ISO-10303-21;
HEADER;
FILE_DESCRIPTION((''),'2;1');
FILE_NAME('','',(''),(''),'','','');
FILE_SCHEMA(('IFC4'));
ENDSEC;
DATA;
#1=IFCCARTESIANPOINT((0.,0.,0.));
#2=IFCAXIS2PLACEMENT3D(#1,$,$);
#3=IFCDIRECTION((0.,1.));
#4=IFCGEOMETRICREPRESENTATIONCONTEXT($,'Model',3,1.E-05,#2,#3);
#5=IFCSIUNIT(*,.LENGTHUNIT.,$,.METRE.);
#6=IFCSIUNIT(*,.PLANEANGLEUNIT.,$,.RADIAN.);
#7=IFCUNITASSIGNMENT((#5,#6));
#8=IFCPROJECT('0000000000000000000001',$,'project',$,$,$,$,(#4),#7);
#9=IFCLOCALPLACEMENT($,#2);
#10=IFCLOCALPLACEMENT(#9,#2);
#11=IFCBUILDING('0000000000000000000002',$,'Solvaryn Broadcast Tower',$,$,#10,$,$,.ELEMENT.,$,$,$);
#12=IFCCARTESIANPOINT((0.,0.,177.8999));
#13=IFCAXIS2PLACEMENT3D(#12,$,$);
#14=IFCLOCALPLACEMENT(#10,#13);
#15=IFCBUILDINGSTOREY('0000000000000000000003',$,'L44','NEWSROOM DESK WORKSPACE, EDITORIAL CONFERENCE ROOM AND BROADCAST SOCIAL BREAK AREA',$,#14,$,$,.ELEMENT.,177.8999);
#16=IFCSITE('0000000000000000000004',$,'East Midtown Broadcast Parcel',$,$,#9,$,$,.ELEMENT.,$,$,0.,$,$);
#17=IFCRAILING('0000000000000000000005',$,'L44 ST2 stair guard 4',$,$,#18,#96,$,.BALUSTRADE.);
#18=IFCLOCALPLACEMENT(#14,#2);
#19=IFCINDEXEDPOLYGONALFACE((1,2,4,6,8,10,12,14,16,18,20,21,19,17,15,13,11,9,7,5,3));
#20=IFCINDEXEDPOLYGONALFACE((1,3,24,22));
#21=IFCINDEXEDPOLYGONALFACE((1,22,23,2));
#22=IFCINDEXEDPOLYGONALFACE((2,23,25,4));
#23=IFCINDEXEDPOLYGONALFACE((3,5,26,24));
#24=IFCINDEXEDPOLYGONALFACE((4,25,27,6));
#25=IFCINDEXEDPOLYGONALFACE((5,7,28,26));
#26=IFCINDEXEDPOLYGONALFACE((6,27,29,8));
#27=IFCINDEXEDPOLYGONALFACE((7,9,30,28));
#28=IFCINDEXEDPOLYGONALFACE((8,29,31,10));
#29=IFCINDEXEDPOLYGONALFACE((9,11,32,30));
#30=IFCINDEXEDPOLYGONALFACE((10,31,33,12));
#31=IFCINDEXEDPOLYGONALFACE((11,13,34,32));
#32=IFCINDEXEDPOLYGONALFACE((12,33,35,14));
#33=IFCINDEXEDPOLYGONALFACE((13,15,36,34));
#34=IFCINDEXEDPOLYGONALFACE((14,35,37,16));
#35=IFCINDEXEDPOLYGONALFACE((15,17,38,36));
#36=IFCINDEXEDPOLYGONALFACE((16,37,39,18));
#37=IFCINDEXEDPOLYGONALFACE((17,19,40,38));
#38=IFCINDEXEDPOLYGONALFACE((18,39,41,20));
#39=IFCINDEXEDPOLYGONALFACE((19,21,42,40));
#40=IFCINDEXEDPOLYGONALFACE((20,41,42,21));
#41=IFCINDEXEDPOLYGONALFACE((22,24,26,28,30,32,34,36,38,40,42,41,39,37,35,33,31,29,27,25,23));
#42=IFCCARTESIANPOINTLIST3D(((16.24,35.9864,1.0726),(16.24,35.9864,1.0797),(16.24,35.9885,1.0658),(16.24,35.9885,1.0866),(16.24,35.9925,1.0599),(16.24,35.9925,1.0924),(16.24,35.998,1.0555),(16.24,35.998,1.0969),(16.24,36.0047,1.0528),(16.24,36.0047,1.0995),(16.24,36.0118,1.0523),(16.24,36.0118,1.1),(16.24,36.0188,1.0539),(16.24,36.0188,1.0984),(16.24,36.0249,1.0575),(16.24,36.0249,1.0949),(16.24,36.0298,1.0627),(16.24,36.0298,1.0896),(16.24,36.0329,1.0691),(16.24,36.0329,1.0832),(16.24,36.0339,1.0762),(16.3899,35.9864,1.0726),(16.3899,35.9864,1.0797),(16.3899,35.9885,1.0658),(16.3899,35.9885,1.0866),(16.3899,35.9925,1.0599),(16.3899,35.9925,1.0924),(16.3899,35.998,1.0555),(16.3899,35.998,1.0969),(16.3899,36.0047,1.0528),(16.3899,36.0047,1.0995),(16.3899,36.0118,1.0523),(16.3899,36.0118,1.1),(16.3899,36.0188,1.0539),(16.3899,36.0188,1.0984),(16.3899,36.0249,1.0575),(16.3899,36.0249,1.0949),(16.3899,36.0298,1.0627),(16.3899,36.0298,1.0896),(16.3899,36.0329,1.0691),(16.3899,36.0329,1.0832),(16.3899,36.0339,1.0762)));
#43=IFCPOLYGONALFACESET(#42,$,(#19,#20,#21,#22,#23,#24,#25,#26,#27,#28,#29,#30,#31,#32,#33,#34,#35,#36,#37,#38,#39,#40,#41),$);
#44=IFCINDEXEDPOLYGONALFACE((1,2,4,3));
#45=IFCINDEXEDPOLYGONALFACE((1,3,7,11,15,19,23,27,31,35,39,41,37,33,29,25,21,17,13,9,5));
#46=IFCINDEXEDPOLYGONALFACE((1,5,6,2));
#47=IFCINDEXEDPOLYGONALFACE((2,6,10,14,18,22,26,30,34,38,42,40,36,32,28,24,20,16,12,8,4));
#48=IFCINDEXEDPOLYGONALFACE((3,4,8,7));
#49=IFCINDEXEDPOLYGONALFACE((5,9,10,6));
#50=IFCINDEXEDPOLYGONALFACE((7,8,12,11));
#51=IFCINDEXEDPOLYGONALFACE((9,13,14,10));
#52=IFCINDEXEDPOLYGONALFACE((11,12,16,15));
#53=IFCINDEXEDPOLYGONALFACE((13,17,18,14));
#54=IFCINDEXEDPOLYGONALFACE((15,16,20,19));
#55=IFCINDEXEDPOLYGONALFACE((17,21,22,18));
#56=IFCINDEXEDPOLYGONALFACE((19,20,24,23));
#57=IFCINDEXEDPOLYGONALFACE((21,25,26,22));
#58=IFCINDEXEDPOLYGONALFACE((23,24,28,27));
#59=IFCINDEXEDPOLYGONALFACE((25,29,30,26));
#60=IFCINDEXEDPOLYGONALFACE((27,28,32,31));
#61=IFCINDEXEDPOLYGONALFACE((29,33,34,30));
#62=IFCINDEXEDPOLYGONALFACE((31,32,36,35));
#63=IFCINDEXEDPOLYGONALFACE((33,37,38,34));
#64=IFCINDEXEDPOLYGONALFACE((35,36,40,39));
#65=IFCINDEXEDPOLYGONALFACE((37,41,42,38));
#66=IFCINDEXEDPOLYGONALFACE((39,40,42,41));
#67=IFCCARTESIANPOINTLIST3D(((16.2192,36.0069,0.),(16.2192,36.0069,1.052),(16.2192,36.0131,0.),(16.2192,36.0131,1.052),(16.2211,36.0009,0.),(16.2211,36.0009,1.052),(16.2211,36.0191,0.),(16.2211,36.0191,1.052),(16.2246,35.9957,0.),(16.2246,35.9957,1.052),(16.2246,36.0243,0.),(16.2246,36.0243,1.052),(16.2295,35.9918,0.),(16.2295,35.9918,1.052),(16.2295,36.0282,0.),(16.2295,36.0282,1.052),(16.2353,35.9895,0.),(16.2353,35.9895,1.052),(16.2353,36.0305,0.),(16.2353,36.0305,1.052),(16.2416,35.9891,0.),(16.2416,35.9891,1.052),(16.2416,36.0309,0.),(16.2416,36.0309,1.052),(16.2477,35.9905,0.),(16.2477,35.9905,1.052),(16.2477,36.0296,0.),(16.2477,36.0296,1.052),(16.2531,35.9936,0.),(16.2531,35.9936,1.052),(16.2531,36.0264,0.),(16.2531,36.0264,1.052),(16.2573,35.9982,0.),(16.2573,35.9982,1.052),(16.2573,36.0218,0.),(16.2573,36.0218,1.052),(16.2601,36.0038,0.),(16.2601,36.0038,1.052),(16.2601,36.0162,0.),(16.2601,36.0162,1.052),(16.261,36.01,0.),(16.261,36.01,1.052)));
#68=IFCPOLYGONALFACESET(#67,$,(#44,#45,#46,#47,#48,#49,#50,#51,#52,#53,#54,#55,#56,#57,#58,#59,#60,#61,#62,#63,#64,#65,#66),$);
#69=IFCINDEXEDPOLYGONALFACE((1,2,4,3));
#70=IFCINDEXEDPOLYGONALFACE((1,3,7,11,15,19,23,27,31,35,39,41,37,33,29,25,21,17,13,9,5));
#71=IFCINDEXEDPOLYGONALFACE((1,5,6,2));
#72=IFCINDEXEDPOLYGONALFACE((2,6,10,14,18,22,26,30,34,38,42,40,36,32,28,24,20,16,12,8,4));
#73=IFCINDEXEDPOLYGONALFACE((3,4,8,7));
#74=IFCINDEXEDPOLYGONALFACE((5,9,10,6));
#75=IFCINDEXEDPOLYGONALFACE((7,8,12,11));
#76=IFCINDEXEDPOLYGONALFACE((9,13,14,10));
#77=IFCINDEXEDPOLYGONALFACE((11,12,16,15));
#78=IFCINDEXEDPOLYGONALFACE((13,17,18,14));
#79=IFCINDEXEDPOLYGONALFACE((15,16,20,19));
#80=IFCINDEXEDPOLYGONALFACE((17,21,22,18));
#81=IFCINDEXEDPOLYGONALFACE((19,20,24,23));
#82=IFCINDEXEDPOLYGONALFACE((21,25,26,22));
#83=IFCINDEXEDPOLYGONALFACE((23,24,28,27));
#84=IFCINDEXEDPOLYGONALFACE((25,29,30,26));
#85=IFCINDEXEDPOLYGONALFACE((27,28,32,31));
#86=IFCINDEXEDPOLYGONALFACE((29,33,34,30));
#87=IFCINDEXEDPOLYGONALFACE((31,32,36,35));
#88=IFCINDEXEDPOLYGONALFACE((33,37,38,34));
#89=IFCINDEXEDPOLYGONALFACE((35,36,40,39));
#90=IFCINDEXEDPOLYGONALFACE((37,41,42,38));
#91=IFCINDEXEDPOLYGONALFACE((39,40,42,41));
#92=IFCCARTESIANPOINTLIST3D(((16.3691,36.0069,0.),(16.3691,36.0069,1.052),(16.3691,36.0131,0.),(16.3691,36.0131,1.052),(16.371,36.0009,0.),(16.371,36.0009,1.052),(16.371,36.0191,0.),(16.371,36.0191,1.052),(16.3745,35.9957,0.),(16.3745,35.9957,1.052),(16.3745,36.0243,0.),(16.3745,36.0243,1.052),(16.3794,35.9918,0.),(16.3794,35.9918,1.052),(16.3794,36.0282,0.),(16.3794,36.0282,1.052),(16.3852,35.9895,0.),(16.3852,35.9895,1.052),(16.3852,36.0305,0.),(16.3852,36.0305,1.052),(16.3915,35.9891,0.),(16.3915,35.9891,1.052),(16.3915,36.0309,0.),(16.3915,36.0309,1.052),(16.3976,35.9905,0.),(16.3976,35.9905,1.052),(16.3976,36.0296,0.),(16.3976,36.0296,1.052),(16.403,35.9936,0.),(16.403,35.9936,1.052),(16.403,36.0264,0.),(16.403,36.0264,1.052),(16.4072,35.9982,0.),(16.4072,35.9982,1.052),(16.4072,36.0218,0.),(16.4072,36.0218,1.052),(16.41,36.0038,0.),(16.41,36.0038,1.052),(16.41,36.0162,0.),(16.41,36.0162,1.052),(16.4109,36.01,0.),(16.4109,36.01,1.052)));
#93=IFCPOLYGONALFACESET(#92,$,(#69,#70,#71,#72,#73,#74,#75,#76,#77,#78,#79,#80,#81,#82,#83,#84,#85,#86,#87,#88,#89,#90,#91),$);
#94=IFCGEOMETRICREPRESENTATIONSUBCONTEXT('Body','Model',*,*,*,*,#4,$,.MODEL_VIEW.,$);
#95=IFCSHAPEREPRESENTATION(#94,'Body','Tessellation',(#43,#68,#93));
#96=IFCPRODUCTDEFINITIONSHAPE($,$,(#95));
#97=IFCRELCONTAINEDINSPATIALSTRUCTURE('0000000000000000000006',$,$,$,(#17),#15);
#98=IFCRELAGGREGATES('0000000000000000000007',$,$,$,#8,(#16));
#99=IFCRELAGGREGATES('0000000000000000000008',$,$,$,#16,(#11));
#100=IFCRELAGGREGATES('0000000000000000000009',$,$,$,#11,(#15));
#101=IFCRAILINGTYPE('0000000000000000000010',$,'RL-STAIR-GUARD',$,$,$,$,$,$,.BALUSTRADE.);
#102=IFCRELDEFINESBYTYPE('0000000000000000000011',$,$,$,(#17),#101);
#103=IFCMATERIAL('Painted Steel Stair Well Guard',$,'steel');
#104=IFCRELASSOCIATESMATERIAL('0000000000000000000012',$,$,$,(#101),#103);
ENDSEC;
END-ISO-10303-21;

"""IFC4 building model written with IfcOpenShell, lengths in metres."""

from ifc_helpers import new_model, si_unit, direction, frame, origin, origin_2d, place, context, subcontext, project, spatial, circle, extrude, material, type_object, element, save


model = new_model("IFC4")

# Units and contexts
model_context = context("Model", 3, precision=1e-05, world=origin(), true_north=direction((0.0, 1.0)))
body_context = subcontext(model_context, "Body", "Model", "MODEL_VIEW")
ifc_project = project(units=[si_unit("LENGTHUNIT", "METRE"), si_unit("PLANEANGLEUNIT", "RADIAN")], contexts=[model_context])

# Site, building, storey
site_placement = place(None, origin())
site = spatial("IfcSite", under=ifc_project, at=site_placement, Name="East Midtown Broadcast Parcel", CompositionType="ELEMENT", RefElevation=0.0)
building_placement = place(site_placement, origin())
building = spatial("IfcBuilding", under=site, at=building_placement, Name="Solvaryn Broadcast Tower", CompositionType="ELEMENT")
storey_placement = place(building_placement, frame((0.0, 0.0, 177.8999)))
storey = spatial("IfcBuildingStorey", under=building, at=storey_placement, Name="L44", Description="NEWSROOM DESK WORKSPACE, EDITORIAL CONFERENCE ROOM AND BROADCAST SOCIAL BREAK AREA", CompositionType="ELEMENT", Elevation=177.8999)

# Railing
ifc_material_1 = material(Name="Painted Steel Stair Well Guard", Category="steel")
railing_type_1 = type_object("IfcRailingType", Name="RL-STAIR-GUARD", PredefinedType="BALUSTRADE", material=ifc_material_1)
railing_1_placement = place(storey_placement, frame((16.24, 36.01, 0.0)))
element("IfcRailing", 1, at=railing_1_placement, inside=storey, type_object=railing_type_1, Name="L44 ST2 stair guard 4", PredefinedType="BALUSTRADE", context=body_context, shape_type="SweptSolid", body=[
    extrude(circle(Radius=0.0239, at=origin_2d()), frame((0.0, 0.0, 1.0762), z_axis=(1.0, 0.0, 0.0), x_axis=(0.0, 1.0, 0.0)), (0.0, 0.0, 1.0), 0.1499),
    extrude(circle(Radius=0.021, at=origin_2d()), origin(), (0.0, 0.0, 1.0), 1.052),
    extrude(circle(Radius=0.021, at=origin_2d()), frame((0.1499, 0.0, 0.0)), (0.0, 0.0, 1.0), 1.052),
])

save(model, "model.ifc")
